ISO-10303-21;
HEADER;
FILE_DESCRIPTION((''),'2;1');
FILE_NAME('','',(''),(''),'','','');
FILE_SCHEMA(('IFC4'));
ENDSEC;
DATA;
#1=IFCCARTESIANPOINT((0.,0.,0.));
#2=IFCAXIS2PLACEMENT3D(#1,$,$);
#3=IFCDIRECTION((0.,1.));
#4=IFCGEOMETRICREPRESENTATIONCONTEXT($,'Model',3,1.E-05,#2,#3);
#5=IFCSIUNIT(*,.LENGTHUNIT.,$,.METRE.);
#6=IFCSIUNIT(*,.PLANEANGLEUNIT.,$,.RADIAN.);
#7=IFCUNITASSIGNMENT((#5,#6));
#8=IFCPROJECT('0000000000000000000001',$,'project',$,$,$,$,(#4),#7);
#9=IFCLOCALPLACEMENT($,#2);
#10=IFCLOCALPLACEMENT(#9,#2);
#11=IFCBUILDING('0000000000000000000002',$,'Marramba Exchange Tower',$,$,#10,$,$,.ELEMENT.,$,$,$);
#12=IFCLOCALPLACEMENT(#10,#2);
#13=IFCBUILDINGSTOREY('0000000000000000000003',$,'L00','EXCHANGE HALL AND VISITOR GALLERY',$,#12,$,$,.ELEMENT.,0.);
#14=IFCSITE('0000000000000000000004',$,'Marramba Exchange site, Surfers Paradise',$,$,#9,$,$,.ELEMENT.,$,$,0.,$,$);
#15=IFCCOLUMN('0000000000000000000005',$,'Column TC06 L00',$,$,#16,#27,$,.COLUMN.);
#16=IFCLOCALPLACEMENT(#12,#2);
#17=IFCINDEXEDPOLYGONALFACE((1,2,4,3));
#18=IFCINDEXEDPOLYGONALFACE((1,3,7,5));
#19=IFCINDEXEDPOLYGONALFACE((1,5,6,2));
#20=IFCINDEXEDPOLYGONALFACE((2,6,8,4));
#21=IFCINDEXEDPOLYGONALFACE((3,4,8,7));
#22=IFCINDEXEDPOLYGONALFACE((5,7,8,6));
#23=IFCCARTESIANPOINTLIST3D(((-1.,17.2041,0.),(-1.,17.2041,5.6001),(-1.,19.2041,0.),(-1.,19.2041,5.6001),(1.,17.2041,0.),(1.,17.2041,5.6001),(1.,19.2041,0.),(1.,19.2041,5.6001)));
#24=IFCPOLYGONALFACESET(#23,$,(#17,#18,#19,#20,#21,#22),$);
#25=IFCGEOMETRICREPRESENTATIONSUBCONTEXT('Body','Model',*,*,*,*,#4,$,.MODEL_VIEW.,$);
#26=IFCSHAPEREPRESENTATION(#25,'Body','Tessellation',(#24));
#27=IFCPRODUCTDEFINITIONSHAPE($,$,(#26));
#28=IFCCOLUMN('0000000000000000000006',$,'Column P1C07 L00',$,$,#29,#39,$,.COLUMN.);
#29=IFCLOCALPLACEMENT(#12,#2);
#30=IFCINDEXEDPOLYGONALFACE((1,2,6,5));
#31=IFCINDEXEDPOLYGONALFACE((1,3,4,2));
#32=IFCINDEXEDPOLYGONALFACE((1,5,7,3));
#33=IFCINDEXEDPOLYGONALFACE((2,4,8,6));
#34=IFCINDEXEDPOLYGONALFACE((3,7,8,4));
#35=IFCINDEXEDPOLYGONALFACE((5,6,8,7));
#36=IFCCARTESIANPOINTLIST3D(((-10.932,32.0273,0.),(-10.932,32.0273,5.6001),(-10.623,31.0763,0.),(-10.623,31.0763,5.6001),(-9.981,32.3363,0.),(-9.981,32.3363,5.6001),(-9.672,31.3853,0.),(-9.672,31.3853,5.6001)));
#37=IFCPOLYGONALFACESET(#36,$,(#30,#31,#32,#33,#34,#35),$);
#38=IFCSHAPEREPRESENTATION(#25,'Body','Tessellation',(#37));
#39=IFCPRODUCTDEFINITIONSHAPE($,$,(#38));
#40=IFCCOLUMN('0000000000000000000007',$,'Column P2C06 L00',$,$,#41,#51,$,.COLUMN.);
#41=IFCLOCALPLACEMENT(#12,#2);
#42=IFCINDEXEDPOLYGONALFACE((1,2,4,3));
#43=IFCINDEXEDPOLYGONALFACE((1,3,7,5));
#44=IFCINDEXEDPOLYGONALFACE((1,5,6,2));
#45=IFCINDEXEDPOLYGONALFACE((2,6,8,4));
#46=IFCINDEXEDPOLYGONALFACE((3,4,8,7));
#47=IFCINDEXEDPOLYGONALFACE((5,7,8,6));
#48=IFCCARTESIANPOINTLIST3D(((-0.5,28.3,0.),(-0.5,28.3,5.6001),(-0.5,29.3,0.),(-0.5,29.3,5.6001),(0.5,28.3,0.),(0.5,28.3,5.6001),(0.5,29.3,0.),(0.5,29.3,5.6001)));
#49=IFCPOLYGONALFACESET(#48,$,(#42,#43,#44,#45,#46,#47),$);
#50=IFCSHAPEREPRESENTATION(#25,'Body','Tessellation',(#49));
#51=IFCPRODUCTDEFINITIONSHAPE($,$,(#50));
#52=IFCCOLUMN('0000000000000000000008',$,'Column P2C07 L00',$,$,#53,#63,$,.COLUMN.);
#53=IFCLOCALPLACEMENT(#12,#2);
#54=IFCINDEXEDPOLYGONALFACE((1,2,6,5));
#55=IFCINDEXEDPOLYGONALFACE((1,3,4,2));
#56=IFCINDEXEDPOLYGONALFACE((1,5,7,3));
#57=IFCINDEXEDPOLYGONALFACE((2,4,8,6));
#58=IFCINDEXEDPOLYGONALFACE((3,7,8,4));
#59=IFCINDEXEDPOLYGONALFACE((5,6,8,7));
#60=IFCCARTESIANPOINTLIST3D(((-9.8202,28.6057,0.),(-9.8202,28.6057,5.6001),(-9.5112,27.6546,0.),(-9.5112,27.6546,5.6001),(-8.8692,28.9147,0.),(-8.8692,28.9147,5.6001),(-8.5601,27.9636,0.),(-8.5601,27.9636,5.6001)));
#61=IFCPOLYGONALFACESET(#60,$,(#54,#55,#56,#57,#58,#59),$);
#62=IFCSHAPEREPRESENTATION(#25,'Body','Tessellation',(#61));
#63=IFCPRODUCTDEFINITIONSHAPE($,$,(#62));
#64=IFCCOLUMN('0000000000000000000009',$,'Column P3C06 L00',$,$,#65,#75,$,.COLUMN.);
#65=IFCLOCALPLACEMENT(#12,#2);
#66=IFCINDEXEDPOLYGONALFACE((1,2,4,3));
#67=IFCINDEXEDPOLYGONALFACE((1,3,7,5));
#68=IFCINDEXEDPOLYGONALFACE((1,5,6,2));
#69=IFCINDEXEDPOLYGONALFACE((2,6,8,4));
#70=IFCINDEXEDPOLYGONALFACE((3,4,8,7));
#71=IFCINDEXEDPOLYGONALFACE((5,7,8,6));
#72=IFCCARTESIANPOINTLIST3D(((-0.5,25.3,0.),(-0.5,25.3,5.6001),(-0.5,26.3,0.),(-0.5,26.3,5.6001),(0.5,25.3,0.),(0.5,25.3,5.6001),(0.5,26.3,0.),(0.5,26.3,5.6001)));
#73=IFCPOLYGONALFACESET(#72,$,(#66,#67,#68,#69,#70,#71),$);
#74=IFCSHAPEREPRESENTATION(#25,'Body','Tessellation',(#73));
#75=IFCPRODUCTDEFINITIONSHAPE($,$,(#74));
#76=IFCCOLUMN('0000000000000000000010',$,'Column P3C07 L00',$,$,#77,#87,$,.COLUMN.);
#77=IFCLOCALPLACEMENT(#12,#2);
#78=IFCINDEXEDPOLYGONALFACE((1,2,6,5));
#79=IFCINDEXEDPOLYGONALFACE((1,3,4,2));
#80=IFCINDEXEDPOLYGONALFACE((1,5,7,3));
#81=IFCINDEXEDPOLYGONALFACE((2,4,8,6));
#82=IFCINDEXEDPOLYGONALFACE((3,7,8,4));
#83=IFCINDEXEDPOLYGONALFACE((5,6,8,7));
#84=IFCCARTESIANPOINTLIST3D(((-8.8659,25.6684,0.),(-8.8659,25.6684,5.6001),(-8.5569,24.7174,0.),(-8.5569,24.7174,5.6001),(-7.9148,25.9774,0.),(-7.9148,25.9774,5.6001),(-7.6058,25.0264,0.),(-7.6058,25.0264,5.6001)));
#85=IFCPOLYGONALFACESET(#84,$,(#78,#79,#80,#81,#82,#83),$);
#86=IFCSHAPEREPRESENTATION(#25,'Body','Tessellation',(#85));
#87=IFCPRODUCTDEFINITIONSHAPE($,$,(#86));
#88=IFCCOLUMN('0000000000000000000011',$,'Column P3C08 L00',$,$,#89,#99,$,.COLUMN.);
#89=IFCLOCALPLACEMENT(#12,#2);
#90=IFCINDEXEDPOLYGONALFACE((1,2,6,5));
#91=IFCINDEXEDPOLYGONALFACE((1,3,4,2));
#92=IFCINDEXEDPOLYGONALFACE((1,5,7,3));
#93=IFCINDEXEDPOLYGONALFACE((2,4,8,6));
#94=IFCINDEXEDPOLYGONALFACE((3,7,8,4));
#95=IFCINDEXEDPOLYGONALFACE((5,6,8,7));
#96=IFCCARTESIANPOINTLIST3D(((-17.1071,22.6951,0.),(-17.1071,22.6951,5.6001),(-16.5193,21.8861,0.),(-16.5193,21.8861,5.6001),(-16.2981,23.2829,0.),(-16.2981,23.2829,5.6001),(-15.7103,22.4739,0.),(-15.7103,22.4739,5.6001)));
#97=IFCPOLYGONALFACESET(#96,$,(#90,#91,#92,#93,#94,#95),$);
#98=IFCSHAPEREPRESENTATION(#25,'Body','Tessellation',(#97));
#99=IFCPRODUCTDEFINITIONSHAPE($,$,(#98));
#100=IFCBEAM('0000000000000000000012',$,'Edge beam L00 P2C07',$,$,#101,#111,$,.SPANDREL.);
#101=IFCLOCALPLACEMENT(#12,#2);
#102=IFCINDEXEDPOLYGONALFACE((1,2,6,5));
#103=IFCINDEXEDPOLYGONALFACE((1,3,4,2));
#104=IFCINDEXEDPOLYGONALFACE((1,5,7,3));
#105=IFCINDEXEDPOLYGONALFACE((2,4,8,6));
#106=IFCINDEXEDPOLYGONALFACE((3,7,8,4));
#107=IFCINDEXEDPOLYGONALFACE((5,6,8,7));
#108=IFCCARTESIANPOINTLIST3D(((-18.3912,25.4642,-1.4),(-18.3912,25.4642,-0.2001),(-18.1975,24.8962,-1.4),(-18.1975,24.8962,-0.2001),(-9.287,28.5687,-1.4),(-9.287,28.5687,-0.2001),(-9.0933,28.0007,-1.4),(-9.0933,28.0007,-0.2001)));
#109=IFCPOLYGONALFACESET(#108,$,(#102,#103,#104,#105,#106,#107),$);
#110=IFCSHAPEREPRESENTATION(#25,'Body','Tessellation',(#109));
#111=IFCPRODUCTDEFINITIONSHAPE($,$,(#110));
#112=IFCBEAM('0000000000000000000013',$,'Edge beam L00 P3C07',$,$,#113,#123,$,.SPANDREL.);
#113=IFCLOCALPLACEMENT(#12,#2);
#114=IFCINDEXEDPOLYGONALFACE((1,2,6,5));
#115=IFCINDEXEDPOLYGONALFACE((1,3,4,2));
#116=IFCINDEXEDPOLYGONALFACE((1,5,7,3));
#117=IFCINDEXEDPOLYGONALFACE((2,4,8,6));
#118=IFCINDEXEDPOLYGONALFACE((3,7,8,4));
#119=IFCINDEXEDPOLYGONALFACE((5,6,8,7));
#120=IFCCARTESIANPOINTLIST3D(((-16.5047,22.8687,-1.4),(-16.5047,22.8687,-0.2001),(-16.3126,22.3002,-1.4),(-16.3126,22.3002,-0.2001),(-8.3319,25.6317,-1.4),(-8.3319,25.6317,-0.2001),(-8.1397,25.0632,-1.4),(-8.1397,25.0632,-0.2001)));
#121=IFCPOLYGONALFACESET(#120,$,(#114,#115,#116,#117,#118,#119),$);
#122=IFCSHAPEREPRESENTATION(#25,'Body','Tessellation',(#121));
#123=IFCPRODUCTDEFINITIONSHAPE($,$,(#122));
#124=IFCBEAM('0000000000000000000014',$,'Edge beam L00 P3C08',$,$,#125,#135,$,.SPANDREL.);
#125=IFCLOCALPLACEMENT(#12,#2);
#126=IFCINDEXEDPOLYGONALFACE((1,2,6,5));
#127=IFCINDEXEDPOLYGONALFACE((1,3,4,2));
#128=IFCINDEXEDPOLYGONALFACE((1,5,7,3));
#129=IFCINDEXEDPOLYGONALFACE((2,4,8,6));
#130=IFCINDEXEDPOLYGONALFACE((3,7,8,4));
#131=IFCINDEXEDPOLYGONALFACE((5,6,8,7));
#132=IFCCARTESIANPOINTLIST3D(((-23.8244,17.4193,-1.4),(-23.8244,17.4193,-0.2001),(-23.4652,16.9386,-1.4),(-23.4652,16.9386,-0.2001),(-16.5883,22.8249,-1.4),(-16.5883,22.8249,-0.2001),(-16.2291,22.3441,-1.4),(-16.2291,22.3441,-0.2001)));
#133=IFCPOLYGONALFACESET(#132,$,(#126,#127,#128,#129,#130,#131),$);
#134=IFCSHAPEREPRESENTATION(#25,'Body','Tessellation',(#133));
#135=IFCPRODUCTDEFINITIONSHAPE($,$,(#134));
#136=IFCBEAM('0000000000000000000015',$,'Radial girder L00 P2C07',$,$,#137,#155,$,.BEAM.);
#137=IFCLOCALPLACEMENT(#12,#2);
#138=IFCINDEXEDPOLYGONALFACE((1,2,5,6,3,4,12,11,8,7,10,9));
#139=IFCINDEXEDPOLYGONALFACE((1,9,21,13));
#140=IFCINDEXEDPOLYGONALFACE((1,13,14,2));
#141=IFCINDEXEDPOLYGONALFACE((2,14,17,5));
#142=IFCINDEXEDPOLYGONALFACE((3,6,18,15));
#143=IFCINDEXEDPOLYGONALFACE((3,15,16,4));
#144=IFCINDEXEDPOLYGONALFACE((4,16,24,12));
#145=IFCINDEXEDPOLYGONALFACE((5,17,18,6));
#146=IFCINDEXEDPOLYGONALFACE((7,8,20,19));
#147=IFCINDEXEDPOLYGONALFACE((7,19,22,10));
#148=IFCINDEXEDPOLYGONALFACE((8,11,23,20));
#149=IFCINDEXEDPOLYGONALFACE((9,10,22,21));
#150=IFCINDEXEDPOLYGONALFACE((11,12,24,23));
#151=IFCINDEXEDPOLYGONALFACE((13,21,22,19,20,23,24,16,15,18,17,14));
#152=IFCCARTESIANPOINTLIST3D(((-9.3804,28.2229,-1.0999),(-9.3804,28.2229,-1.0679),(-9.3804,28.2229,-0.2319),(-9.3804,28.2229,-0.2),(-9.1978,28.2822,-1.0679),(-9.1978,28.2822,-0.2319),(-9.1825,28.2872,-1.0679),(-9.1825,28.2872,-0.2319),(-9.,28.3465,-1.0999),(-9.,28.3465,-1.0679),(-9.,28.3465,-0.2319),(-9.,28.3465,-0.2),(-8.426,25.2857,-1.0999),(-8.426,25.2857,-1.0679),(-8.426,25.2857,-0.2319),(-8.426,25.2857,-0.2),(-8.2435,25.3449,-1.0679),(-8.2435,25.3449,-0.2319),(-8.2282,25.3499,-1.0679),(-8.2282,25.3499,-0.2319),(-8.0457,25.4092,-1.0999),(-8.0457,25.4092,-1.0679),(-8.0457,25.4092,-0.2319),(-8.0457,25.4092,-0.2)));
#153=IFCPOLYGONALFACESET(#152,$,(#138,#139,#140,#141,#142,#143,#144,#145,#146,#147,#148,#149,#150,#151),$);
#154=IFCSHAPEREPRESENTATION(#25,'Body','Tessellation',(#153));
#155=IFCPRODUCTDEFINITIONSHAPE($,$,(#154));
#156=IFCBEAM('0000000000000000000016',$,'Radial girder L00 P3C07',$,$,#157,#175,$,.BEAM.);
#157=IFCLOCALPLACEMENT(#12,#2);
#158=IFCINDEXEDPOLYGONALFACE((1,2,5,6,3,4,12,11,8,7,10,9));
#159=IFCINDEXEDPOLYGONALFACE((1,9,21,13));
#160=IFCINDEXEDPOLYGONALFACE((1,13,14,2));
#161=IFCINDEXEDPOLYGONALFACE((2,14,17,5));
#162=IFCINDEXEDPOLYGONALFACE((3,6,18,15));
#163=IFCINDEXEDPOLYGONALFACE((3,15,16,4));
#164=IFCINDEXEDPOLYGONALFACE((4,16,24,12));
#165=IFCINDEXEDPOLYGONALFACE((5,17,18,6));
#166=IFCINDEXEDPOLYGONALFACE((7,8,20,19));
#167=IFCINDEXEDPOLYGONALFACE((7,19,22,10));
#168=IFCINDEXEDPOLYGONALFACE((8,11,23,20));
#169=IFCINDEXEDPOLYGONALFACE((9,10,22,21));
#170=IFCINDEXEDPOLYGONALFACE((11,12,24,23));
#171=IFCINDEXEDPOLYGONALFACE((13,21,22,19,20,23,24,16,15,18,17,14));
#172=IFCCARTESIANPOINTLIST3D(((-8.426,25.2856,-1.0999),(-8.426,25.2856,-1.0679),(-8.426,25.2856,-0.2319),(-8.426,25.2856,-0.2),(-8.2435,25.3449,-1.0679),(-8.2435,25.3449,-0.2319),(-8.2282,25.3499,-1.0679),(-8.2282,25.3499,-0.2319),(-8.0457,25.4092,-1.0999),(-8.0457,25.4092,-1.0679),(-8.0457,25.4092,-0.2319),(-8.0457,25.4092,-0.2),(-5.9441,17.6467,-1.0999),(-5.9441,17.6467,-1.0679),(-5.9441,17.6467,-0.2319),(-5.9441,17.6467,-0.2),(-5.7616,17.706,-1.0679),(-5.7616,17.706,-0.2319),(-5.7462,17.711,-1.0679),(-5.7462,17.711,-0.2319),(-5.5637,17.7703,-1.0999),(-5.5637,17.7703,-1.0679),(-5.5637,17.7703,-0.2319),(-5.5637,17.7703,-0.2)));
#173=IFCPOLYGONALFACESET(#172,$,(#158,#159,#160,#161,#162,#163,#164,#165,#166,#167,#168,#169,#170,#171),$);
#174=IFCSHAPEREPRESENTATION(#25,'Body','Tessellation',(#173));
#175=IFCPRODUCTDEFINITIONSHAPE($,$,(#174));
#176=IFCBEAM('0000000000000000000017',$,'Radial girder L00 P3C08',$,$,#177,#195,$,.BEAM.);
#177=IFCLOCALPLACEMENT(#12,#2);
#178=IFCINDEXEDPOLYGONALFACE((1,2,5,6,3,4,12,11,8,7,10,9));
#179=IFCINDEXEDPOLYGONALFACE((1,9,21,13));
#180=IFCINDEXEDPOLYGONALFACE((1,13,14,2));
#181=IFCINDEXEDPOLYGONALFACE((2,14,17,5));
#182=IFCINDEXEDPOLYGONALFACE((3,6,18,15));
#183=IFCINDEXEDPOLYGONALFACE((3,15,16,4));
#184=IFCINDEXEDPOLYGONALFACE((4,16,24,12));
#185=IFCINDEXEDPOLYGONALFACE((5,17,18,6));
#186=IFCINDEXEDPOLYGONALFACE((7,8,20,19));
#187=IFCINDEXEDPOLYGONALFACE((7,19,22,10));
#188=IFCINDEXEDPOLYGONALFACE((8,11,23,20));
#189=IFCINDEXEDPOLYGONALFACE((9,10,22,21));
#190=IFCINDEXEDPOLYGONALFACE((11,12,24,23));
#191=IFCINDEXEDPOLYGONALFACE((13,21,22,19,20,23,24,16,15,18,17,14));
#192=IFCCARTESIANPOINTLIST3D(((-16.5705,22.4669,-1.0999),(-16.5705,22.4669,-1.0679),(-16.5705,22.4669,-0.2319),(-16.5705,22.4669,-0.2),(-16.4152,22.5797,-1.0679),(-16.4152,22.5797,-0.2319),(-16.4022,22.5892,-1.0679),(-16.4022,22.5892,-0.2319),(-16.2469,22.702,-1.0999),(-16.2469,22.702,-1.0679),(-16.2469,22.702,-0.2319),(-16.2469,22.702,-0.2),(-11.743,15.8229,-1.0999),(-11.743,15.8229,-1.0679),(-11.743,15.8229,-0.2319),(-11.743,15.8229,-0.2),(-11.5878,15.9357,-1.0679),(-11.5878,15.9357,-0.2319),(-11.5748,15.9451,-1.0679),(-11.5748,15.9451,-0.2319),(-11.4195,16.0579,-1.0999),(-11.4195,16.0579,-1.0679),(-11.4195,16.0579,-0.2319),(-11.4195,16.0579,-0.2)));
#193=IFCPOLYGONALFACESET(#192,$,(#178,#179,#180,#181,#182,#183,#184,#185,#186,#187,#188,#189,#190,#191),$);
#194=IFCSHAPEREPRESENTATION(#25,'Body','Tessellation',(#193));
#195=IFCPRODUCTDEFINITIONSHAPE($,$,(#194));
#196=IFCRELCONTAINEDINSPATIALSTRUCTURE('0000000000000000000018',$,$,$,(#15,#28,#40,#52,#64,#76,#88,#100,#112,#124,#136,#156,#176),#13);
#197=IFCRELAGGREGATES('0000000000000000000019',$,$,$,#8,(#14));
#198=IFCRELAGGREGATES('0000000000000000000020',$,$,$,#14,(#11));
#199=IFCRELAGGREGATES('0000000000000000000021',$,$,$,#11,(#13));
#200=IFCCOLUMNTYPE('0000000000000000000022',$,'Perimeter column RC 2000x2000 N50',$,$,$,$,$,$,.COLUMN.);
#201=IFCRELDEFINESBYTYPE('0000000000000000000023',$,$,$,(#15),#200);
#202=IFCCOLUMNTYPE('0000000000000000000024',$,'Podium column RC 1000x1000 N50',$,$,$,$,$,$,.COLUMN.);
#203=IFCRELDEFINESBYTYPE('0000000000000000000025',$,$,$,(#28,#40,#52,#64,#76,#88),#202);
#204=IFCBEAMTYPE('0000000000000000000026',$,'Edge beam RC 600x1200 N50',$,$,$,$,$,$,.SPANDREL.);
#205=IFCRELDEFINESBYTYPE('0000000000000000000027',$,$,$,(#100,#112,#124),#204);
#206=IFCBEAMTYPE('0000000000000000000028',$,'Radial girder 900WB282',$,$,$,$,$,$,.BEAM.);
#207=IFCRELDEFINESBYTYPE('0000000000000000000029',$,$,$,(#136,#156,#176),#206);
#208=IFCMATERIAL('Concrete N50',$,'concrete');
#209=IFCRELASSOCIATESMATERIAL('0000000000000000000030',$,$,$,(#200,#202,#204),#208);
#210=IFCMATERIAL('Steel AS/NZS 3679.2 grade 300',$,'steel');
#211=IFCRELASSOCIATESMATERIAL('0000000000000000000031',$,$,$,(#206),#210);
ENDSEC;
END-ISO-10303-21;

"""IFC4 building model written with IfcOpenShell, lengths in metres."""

from ifc_helpers import new_model, si_unit, direction, frame, origin, origin_2d, place, context, subcontext, project, spatial, rectangle, i_section, extrude, material, material_profile, profile_set, type_object, element, save


model = new_model("IFC4")

# Units and contexts
model_context = context("Model", 3, precision=1e-05, world=origin(), true_north=direction((0.0, 1.0)))
body_context = subcontext(model_context, "Body", "Model", "MODEL_VIEW")
ifc_project = project(units=[si_unit("LENGTHUNIT", "METRE"), si_unit("PLANEANGLEUNIT", "RADIAN")], contexts=[model_context])

# Site, building, storey
site_placement = place(None, origin())
site = spatial("IfcSite", under=ifc_project, at=site_placement, Name="Marramba Exchange site, Surfers Paradise", CompositionType="ELEMENT", RefElevation=0.0)
building_placement = place(site_placement, origin())
building = spatial("IfcBuilding", under=site, at=building_placement, Name="Marramba Exchange Tower", CompositionType="ELEMENT")
storey_placement = place(building_placement, origin())
storey = spatial("IfcBuildingStorey", under=building, at=storey_placement, Name="L00", Description="EXCHANGE HALL AND VISITOR GALLERY", CompositionType="ELEMENT", Elevation=0.0)

# Columns
ifc_material_1 = material(Name="Concrete N50", Category="concrete")
ifc_material_profile_1 = material_profile(ifc_material_1, rectangle(XDim=2.0, YDim=2.0, at=origin_2d()), Name="RC 2000x2000")
ifc_profile_set_1 = profile_set([ifc_material_profile_1], Name="Concrete N50")
column_type_1 = type_object("IfcColumnType", Name="Perimeter column RC 2000x2000 N50", PredefinedType="COLUMN", material=ifc_profile_set_1)
column_placement = place(storey_placement, frame((0.0, 18.2041, 0.0), z_axis=(0.0, 0.0, 1.0), x_axis=(0.0, 1.0, 0.0)))
element("IfcColumn", 1, at=column_placement, inside=storey, type_object=column_type_1, Name="Column TC06 L00", PredefinedType="COLUMN", context=body_context, shape_type="SweptSolid", body=[
    extrude(rectangle(XDim=2.0, YDim=2.0, at=origin_2d()), origin(), (0.0, 0.0, 1.0), 5.6001),
])
ifc_material_profile_2 = material_profile(ifc_material_1, rectangle(XDim=1.0, YDim=1.0, at=origin_2d()), Name="RC 1000x1000")
ifc_profile_set_2 = profile_set([ifc_material_profile_2], Name="Concrete N50")
column_type_2 = type_object("IfcColumnType", Name="Podium column RC 1000x1000 N50", PredefinedType="COLUMN", material=ifc_profile_set_2)
for number, where, z_axis, x_axis, name in (
    (2, (-10.302, 31.7063, 0.0), (0.0, 0.0, 1.0), (-0.309017, 0.951057, 0.0), "Column P1C07 L00"),
    (3, (0.0, 28.8, 0.0), (0.0, 0.0, 1.0), (0.0, 1.0, 0.0), "Column P2C06 L00"),
    (4, (-9.1902, 28.2847, 0.0), (0.0, 0.0, 1.0), (-0.309017, 0.951057, 0.0), "Column P2C07 L00"),
    (5, (0.0, 25.8, 0.0), (0.0, 0.0, 1.0), (0.0, 1.0, 0.0), "Column P3C06 L00"),
    (6, (-8.2358, 25.3474, 0.0), (0.0, 0.0, 1.0), (-0.309017, 0.951057, 0.0), "Column P3C07 L00"),
    (7, (-16.4087, 22.5845, 0.0), (0.0, 0.0, 1.0), (-0.587785, 0.809017, 0.0), "Column P3C08 L00"),
):
    element("IfcColumn", number, at=place(storey_placement, frame(where, z_axis=z_axis, x_axis=x_axis)), inside=storey, type_object=column_type_2, Name=name, PredefinedType="COLUMN", context=body_context, shape_type="SweptSolid", body=[
        extrude(rectangle(XDim=1.0, YDim=1.0, at=origin_2d()), origin(), (0.0, 0.0, 1.0), 5.6001),
    ])

# Beams
ifc_material_profile_3 = material_profile(ifc_material_1, rectangle(XDim=0.6001, YDim=1.2, at=origin_2d()), Name="RC 600x1200")
ifc_profile_set_3 = profile_set([ifc_material_profile_3], Name="Concrete N50")
beam_type_1 = type_object("IfcBeamType", Name="Edge beam RC 600x1200 N50", PredefinedType="SPANDREL", material=ifc_profile_set_3)
beam_1_placement = place(storey_placement, frame((-9.1902, 28.2847, -0.8), z_axis=(-0.946486, -0.322746, 0.0), x_axis=(0.322746, -0.946486, 0.0)))
element("IfcBeam", 8, at=beam_1_placement, inside=storey, type_object=beam_type_1, Name="Edge beam L00 P2C07", PredefinedType="SPANDREL", context=body_context, shape_type="SweptSolid", body=[
    extrude(rectangle(XDim=0.6001, YDim=1.2, at=origin_2d()), origin(), (0.0, 0.0, 1.0), 9.6189),
])
beam_2_placement = place(storey_placement, frame((-8.2358, 25.3474, -0.8), z_axis=(-0.947331, -0.320257, 0.0), x_axis=(0.320257, -0.947331, 0.0)))
element("IfcBeam", 9, at=beam_2_placement, inside=storey, type_object=beam_type_1, Name="Edge beam L00 P3C07", PredefinedType="SPANDREL", context=body_context, shape_type="SweptSolid", body=[
    extrude(rectangle(XDim=0.6001, YDim=1.2, at=origin_2d()), origin(), (0.0, 0.0, 1.0), 8.6272),
])
beam_3_placement = place(storey_placement, frame((-16.4087, 22.5845, -0.8), z_axis=(-0.801144, -0.598472, 0.0), x_axis=(0.598472, -0.801144, 0.0)))
element("IfcBeam", 10, at=beam_3_placement, inside=storey, type_object=beam_type_1, Name="Edge beam L00 P3C08", PredefinedType="SPANDREL", context=body_context, shape_type="SweptSolid", body=[
    extrude(rectangle(XDim=0.6001, YDim=1.2, at=origin_2d()), origin(), (0.0, 0.0, 1.0), 9.0322),
])
ifc_material_2 = material(Name="Steel AS/NZS 3679.2 grade 300", Category="steel")
ifc_material_profile_4 = material_profile(ifc_material_2, i_section(OverallWidth=0.3999, OverallDepth=0.8999, WebThickness=0.0161, FlangeThickness=0.032, at=origin_2d()), Name="900WB282")
ifc_profile_set_4 = profile_set([ifc_material_profile_4], Name="Steel AS/NZS 3679.2 grade 300")
beam_type_2 = type_object("IfcBeamType", Name="Radial girder 900WB282", PredefinedType="BEAM", material=ifc_profile_set_4)
beam_4_placement = place(storey_placement, frame((-9.1902, 28.2847, -0.6499), z_axis=(0.309009, -0.951059, 0.0), x_axis=(0.951059, 0.309009, 0.0)))
element("IfcBeam", 11, at=beam_4_placement, inside=storey, type_object=beam_type_2, Name="Radial girder L00 P2C07", PredefinedType="BEAM", context=body_context, shape_type="SweptSolid", body=[
    extrude(i_section(OverallWidth=0.3999, OverallDepth=0.8999, WebThickness=0.0161, FlangeThickness=0.032, at=origin_2d()), origin(), (0.0, 0.0, 1.0), 3.0884),
])
beam_5_placement = place(storey_placement, frame((-8.2358, 25.3474, -0.6499), z_axis=(0.309006, -0.95106, 0.0), x_axis=(0.95106, 0.309006, 0.0)))
element("IfcBeam", 12, at=beam_5_placement, inside=storey, type_object=beam_type_2, Name="Radial girder L00 P3C07", PredefinedType="BEAM", context=body_context, shape_type="SweptSolid", body=[
    extrude(i_section(OverallWidth=0.3999, OverallDepth=0.8999, WebThickness=0.0161, FlangeThickness=0.032, at=origin_2d()), origin(), (0.0, 0.0, 1.0), 8.032),
])
beam_6_placement = place(storey_placement, frame((-16.4087, 22.5845, -0.6499), z_axis=(0.587802, -0.809005, 0.0), x_axis=(0.809005, 0.587802, 0.0)))
element("IfcBeam", 13, at=beam_6_placement, inside=storey, type_object=beam_type_2, Name="Radial girder L00 P3C08", PredefinedType="BEAM", context=body_context, shape_type="SweptSolid", body=[
    extrude(i_section(OverallWidth=0.3999, OverallDepth=0.8999, WebThickness=0.0161, FlangeThickness=0.032, at=origin_2d()), origin(), (0.0, 0.0, 1.0), 8.2126),
])

save(model, "model.ifc")
